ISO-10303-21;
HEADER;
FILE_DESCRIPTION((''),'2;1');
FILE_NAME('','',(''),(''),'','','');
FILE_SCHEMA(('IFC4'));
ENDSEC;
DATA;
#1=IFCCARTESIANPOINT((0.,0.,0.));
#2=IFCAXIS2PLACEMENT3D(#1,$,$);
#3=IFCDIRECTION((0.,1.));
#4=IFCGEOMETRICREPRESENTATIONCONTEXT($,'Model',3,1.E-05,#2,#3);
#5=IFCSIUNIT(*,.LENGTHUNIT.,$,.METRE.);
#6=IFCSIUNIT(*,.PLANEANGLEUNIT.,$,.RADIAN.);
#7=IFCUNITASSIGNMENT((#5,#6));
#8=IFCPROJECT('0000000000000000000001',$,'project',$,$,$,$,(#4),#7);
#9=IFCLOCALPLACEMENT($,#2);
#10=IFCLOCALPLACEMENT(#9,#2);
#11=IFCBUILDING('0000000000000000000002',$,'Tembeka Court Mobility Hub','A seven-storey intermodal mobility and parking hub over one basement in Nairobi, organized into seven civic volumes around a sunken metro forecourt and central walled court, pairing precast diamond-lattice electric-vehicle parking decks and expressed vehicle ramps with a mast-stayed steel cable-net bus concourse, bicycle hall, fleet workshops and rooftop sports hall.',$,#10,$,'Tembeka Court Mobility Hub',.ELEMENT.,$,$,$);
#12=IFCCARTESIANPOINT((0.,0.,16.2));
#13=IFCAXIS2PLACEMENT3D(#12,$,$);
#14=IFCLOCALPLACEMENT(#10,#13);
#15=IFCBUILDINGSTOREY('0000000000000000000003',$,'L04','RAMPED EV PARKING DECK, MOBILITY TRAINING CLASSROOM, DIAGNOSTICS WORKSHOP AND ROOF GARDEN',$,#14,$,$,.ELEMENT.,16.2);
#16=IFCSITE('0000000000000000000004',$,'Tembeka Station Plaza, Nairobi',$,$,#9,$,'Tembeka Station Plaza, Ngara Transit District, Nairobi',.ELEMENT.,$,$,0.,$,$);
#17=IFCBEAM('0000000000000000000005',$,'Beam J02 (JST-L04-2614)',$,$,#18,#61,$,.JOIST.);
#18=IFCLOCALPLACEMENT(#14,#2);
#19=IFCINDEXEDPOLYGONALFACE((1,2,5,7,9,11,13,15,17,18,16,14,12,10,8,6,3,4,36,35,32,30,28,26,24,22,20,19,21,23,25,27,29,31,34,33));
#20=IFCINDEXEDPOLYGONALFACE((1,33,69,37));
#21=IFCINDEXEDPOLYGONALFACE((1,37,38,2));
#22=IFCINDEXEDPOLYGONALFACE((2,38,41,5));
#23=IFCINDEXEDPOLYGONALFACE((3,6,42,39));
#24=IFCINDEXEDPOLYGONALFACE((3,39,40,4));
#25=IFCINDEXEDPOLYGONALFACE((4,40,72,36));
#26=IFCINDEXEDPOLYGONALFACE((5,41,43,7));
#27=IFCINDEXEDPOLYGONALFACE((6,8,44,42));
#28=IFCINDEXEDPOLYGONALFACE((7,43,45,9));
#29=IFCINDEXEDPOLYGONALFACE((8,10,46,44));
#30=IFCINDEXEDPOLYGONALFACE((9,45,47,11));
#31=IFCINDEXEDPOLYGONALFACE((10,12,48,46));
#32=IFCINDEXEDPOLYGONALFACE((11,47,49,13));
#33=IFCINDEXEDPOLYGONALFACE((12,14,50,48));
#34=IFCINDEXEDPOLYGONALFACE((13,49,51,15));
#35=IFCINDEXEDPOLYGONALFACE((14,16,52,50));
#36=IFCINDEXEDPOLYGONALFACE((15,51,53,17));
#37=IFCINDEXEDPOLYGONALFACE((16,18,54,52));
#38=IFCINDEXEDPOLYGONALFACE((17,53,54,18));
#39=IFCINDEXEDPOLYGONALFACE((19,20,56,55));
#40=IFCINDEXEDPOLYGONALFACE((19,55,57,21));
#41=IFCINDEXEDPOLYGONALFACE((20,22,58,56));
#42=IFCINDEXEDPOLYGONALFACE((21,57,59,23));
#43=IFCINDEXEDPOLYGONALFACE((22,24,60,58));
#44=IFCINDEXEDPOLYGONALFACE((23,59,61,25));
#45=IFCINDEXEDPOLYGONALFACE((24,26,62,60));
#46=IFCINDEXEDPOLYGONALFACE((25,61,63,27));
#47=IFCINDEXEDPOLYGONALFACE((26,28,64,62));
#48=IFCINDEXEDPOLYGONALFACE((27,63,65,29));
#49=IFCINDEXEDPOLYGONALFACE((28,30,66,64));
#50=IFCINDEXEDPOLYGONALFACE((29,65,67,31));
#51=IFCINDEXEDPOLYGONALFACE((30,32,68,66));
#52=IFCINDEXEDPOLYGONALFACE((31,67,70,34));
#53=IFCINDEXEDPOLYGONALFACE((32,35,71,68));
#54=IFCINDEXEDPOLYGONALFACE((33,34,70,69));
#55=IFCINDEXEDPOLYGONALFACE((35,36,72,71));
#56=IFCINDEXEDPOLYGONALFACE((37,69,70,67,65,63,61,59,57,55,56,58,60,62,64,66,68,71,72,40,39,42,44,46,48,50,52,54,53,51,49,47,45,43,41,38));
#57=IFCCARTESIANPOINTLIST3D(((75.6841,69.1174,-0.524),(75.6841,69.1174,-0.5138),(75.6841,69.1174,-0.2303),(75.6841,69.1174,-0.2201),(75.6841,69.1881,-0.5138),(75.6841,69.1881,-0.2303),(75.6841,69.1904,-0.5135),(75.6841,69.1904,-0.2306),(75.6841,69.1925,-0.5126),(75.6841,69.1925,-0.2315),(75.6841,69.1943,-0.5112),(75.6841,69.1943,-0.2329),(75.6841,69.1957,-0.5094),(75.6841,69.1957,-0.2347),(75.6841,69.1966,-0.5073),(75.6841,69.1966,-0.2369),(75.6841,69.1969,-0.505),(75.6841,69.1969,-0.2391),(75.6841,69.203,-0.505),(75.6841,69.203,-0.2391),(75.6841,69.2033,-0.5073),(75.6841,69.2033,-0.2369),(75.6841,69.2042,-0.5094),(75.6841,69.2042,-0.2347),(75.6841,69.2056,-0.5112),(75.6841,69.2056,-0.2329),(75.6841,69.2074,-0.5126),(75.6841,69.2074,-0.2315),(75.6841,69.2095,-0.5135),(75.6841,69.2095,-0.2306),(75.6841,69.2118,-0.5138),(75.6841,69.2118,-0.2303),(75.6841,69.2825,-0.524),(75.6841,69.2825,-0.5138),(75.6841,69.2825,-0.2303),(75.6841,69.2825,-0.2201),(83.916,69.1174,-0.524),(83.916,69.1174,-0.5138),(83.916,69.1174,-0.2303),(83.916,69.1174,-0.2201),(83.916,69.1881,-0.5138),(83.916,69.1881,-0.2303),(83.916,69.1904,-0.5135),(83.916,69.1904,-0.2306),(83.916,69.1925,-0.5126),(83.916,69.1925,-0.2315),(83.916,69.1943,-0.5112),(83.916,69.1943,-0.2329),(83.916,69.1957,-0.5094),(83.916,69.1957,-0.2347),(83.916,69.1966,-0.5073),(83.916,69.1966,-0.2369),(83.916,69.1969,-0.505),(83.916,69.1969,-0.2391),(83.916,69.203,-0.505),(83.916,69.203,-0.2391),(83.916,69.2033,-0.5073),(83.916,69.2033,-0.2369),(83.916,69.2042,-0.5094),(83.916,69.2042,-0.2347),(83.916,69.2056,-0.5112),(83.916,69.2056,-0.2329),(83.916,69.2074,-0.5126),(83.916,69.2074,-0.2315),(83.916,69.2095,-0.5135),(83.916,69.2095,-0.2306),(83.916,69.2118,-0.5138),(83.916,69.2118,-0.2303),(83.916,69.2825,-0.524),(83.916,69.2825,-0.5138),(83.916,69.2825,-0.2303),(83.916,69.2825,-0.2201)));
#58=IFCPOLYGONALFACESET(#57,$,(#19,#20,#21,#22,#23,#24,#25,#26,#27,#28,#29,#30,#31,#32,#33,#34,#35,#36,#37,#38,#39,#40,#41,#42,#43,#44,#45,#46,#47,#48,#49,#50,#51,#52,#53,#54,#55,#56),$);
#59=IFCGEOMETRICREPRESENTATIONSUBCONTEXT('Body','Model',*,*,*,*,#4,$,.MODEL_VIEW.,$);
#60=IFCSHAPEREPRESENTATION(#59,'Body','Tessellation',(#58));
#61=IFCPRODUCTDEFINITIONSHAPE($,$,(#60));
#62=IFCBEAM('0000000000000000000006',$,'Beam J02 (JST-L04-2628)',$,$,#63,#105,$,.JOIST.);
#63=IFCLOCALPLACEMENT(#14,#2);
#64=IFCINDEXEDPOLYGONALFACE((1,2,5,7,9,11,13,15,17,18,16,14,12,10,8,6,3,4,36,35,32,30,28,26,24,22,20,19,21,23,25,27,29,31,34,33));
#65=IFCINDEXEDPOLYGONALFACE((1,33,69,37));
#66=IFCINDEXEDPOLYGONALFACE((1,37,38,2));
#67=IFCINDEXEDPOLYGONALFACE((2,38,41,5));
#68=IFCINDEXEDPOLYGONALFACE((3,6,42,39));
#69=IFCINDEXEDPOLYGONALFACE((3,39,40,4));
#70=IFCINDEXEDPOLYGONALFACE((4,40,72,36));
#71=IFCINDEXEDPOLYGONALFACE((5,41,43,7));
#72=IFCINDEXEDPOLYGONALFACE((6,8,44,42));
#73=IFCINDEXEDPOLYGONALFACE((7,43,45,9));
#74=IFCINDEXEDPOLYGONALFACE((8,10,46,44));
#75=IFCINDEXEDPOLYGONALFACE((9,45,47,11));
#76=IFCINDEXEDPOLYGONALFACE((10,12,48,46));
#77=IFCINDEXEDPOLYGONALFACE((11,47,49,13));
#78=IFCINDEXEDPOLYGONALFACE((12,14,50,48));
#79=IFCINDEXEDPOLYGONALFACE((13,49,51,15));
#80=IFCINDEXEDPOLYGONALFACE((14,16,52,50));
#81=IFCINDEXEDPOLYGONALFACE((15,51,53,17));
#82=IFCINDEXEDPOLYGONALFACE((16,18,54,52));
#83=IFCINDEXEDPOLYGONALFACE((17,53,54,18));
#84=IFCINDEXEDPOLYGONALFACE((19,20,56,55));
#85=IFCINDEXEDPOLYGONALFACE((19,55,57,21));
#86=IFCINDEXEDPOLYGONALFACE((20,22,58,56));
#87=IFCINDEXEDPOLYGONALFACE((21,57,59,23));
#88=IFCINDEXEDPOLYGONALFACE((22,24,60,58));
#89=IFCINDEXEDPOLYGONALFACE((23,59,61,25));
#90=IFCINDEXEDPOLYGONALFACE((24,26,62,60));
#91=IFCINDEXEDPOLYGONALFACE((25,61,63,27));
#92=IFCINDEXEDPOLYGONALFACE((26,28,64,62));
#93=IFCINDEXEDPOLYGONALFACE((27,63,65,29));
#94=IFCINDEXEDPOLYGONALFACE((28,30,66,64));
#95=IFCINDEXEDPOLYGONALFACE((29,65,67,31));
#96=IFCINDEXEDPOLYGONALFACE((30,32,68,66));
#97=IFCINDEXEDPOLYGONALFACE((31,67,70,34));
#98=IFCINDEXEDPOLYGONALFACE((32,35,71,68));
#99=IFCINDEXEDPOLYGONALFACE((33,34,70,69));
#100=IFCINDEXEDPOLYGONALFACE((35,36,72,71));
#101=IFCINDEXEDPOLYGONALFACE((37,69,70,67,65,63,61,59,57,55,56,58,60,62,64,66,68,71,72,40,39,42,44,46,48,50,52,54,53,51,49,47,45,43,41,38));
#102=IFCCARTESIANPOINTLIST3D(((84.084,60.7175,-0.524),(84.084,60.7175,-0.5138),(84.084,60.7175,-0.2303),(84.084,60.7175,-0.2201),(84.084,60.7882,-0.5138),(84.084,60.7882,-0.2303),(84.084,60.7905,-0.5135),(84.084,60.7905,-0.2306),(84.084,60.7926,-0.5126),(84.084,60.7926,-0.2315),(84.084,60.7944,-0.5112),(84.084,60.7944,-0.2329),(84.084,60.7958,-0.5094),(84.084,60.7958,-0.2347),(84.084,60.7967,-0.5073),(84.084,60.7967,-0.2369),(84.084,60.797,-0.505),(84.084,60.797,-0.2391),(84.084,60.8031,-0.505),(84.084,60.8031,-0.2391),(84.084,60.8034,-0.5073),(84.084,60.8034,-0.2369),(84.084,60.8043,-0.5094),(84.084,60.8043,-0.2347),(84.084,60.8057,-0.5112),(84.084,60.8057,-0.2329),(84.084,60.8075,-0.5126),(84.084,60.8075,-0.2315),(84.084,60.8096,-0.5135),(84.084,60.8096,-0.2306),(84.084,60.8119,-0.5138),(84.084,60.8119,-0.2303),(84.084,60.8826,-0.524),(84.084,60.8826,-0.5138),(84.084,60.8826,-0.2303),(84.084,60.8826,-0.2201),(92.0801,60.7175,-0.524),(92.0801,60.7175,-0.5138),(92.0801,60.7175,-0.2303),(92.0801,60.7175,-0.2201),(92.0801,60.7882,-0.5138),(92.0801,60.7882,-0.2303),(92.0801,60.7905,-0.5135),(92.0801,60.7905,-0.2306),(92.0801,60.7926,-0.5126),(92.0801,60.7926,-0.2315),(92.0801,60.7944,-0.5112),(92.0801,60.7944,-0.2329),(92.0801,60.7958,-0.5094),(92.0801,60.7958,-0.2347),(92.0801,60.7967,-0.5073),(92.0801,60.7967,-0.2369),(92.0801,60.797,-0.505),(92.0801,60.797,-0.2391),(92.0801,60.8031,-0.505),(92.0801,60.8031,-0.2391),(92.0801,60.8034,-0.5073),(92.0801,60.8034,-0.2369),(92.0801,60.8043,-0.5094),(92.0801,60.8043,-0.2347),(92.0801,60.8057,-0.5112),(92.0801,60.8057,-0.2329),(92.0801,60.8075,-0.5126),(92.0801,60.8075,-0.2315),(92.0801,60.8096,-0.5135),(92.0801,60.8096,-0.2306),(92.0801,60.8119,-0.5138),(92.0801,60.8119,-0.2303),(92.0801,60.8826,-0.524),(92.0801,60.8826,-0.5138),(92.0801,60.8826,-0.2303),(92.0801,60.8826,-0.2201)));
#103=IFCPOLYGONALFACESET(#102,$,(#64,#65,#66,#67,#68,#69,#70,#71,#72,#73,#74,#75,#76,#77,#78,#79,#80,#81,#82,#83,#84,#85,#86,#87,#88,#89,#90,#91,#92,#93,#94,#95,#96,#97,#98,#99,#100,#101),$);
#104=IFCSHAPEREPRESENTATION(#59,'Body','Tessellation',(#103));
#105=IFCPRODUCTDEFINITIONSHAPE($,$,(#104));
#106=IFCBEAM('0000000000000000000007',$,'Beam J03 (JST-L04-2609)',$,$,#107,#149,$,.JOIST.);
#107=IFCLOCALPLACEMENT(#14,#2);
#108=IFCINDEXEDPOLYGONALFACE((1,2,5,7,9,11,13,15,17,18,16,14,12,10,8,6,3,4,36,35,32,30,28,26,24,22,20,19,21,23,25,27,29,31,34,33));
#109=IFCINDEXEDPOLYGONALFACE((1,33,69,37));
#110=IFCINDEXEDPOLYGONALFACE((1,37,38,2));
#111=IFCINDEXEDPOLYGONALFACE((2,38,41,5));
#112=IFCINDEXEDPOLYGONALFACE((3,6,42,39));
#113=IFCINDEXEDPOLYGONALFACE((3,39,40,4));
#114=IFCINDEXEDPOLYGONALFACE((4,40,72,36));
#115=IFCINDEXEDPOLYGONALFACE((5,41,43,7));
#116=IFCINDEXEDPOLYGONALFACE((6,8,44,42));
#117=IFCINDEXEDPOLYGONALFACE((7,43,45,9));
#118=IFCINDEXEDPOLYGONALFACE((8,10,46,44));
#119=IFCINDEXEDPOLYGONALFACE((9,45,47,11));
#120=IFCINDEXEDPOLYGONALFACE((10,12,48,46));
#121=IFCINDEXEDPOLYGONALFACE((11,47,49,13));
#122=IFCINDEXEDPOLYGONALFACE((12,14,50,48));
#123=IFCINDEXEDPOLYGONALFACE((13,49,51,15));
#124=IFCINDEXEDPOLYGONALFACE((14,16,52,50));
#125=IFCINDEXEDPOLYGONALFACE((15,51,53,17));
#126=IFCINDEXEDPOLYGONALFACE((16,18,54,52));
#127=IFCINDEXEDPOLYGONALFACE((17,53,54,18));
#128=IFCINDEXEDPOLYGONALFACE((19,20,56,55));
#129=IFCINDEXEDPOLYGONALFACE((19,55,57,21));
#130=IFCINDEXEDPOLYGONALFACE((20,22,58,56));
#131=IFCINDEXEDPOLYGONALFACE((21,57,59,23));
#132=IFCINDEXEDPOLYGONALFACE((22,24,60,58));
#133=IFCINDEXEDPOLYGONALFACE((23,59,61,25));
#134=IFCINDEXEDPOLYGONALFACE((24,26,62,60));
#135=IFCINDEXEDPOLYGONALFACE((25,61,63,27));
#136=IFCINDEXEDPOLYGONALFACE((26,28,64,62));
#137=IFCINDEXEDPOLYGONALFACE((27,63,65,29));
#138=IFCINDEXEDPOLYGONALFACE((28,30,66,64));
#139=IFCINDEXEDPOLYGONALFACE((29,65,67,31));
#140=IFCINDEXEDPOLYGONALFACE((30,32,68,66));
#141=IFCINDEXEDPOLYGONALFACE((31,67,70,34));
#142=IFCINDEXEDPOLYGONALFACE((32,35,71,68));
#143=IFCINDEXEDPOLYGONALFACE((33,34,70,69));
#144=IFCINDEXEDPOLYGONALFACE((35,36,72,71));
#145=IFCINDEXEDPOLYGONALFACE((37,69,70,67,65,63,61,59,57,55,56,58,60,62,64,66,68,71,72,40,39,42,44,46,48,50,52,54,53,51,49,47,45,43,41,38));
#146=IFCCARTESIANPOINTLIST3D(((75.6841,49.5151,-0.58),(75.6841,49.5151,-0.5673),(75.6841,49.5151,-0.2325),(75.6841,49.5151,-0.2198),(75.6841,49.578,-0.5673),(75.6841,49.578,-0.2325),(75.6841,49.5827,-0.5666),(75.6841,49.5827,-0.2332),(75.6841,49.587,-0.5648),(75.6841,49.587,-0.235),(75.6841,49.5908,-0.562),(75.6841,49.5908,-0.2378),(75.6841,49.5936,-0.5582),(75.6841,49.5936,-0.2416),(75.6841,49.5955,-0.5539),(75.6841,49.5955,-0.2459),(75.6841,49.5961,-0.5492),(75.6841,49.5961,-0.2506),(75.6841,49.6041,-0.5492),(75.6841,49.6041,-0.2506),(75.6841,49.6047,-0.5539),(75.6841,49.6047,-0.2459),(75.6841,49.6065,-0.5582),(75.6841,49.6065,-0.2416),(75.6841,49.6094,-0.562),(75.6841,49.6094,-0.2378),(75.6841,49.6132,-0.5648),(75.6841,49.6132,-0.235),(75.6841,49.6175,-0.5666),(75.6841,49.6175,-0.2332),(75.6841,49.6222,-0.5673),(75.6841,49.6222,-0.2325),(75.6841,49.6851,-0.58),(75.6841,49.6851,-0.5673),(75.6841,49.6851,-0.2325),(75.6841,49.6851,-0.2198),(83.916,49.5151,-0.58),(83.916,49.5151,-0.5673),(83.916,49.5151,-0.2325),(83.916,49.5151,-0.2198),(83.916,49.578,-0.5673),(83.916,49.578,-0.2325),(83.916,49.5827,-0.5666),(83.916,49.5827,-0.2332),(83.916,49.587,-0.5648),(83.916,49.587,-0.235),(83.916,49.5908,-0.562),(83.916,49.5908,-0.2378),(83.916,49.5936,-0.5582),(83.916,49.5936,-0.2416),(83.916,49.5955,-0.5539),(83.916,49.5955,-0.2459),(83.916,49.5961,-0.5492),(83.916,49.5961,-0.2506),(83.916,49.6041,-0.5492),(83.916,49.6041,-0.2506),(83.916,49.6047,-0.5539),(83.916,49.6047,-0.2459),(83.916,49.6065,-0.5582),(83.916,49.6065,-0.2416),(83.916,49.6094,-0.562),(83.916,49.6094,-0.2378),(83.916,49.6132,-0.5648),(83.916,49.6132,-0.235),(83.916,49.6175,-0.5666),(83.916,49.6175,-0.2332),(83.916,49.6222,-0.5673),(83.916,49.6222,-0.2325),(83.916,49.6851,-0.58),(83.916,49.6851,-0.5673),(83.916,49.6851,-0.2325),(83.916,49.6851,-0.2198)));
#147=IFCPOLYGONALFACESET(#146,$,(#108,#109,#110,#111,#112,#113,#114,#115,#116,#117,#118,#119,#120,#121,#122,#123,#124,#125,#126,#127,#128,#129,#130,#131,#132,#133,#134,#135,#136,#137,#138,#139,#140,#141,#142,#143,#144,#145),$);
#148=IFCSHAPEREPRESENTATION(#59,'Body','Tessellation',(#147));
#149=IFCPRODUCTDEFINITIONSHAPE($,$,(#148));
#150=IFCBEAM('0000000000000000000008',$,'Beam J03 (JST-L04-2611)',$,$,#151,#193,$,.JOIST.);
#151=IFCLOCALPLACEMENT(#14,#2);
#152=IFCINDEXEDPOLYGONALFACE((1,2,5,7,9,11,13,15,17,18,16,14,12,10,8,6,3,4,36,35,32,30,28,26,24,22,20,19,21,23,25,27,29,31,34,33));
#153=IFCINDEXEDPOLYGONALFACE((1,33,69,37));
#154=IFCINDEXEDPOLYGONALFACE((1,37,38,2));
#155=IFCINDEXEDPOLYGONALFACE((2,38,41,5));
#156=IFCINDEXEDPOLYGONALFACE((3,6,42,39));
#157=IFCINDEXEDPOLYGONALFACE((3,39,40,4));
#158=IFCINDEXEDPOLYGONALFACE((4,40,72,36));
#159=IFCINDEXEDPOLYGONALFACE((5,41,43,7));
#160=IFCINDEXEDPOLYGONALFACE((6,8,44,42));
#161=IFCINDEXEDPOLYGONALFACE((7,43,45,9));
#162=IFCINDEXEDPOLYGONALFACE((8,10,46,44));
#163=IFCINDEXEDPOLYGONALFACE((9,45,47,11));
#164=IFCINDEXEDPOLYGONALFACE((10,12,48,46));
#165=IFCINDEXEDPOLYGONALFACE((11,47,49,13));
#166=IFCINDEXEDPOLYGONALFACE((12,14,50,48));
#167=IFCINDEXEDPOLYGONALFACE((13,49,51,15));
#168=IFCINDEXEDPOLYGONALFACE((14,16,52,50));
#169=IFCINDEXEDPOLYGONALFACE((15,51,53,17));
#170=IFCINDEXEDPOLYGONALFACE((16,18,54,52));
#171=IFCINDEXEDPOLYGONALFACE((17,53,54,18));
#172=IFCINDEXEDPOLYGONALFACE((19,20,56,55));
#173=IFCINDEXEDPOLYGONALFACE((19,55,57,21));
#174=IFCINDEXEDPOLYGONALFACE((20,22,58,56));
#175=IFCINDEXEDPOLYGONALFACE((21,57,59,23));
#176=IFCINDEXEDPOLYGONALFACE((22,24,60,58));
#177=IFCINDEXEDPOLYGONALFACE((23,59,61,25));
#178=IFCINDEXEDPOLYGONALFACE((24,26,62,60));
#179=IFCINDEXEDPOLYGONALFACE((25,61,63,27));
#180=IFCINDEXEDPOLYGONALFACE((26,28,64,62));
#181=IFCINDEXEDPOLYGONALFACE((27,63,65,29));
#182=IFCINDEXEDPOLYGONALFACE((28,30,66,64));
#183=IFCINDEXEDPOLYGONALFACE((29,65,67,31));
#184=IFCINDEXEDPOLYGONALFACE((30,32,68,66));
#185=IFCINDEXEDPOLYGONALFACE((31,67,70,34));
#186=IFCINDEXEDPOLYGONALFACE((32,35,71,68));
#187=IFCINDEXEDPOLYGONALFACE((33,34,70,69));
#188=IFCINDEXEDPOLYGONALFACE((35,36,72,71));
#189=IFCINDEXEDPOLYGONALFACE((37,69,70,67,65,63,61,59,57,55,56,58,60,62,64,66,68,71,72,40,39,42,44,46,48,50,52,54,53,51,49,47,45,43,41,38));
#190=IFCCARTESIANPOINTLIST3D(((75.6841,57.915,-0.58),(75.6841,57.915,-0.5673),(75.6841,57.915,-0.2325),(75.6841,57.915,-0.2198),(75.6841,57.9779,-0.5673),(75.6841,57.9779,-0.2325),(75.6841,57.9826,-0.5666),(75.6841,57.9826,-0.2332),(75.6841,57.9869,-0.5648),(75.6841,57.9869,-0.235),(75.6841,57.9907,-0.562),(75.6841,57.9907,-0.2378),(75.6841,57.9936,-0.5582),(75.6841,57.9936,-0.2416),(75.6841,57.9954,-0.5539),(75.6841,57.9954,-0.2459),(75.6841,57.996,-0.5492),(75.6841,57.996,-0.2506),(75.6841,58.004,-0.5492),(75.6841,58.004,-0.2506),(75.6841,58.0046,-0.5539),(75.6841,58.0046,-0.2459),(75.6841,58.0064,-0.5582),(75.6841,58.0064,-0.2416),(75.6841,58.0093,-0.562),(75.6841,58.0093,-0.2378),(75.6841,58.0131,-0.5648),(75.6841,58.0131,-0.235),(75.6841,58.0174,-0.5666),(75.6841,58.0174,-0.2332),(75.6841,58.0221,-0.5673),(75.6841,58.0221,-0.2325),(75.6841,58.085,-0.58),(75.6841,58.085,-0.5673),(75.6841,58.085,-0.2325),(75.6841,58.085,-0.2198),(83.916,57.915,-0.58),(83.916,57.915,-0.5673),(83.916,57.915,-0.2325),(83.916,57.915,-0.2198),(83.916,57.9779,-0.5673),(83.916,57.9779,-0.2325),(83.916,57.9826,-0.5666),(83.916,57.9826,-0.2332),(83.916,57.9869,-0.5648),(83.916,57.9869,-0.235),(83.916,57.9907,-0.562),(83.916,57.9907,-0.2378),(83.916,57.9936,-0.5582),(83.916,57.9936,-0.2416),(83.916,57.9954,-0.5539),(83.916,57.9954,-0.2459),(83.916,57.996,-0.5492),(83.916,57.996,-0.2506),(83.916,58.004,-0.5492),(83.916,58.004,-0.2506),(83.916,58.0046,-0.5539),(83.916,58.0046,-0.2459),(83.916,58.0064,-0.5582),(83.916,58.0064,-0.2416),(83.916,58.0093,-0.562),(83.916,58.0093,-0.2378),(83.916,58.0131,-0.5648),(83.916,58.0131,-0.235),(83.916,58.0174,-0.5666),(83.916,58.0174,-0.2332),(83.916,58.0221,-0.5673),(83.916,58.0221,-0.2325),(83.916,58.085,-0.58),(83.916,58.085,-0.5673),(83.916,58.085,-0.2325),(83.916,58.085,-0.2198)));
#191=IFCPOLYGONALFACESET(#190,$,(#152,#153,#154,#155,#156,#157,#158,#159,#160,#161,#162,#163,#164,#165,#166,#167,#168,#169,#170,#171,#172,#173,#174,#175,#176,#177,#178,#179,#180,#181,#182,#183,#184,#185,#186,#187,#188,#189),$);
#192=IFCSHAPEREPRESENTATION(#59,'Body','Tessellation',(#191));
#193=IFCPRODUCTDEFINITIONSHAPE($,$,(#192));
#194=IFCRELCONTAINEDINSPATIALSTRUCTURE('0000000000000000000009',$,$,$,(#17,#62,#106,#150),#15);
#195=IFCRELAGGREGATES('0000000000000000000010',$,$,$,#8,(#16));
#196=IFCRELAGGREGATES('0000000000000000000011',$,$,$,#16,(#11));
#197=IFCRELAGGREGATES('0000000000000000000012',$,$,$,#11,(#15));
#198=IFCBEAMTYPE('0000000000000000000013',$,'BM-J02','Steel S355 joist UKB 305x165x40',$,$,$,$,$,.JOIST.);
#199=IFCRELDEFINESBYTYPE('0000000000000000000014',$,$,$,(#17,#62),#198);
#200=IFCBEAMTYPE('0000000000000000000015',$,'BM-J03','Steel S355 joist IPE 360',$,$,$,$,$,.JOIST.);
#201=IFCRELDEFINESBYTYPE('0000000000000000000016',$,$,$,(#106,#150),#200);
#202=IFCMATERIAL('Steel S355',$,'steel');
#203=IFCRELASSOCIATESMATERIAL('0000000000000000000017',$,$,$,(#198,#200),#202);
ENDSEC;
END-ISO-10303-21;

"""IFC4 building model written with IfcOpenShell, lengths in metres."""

from ifc_helpers import new_model, si_unit, direction, frame, origin, origin_2d, place, context, subcontext, project, spatial, i_section, extrude, material, material_profile, profile_set, type_object, element, save


model = new_model("IFC4")

# Units and contexts
model_context = context("Model", 3, precision=1e-05, world=origin(), true_north=direction((0.0, 1.0)))
body_context = subcontext(model_context, "Body", "Model", "MODEL_VIEW")
ifc_project = project(units=[si_unit("LENGTHUNIT", "METRE"), si_unit("PLANEANGLEUNIT", "RADIAN")], contexts=[model_context])

# Site, building, storey
site_placement = place(None, origin())
site = spatial("IfcSite", under=ifc_project, at=site_placement, Name="Tembeka Station Plaza, Nairobi", LongName="Tembeka Station Plaza, Ngara Transit District, Nairobi", CompositionType="ELEMENT", RefElevation=0.0)
building_placement = place(site_placement, origin())
building = spatial("IfcBuilding", under=site, at=building_placement, Name="Tembeka Court Mobility Hub", Description="A seven-storey intermodal mobility and parking hub over one basement in Nairobi, organized into seven civic volumes around a sunken metro forecourt and central walled court, pairing precast diamond-lattice electric-vehicle parking decks and expressed vehicle ramps with a mast-stayed steel cable-net bus concourse, bicycle hall, fleet workshops and rooftop sports hall.", LongName="Tembeka Court Mobility Hub", CompositionType="ELEMENT")
storey_placement = place(building_placement, frame((0.0, 0.0, 16.2)))
storey = spatial("IfcBuildingStorey", under=building, at=storey_placement, Name="L04", Description="RAMPED EV PARKING DECK, MOBILITY TRAINING CLASSROOM, DIAGNOSTICS WORKSHOP AND ROOF GARDEN", CompositionType="ELEMENT", Elevation=16.2)

# Shared definitions
ifc_material_1 = material(Name="Steel S355", Category="steel")

# Beams
ifc_material_profile_1 = material_profile(ifc_material_1, i_section(OverallWidth=0.165, OverallDepth=0.304, WebThickness=0.0061, FlangeThickness=0.0103, FilletRadius=0.0088, at=origin_2d()), Name="UKB 305x165x40")
ifc_profile_set_1 = profile_set([ifc_material_profile_1], Name="Steel S355")
beam_type_1 = type_object("IfcBeamType", Name="BM-J02", Description="Steel S355 joist UKB 305x165x40", PredefinedType="JOIST", material=ifc_profile_set_1)
for number, where, z_axis, x_axis, name in (
    (1, (75.6841, 69.2, -0.3721), (1.0, 0.0, 0.0), (0.0, 1.0, 0.0), "Beam J02 (JST-L04-2614)"),
):
    element("IfcBeam", number, at=place(storey_placement, frame(where, z_axis=z_axis, x_axis=x_axis)), inside=storey, type_object=beam_type_1, Name=name, PredefinedType="JOIST", context=body_context, shape_type="SweptSolid", body=[
        extrude(i_section(OverallWidth=0.165, OverallDepth=0.304, WebThickness=0.0061, FlangeThickness=0.0103, FilletRadius=0.0088, at=origin_2d()), origin(), (0.0, 0.0, 1.0), 8.2319),
    ])
beam_1_placement = place(storey_placement, frame((84.084, 60.8, -0.3721), z_axis=(1.0, 0.0, 0.0), x_axis=(0.0, 1.0, 0.0)))
element("IfcBeam", 2, at=beam_1_placement, inside=storey, type_object=beam_type_1, Name="Beam J02 (JST-L04-2628)", PredefinedType="JOIST", context=body_context, shape_type="SweptSolid", body=[
    extrude(i_section(OverallWidth=0.165, OverallDepth=0.304, WebThickness=0.0061, FlangeThickness=0.0103, FilletRadius=0.0088, at=origin_2d()), origin(), (0.0, 0.0, 1.0), 7.9961),
])
ifc_material_profile_2 = material_profile(ifc_material_1, i_section(OverallWidth=0.1699, OverallDepth=0.3601, WebThickness=0.0081, FlangeThickness=0.0127, FilletRadius=0.0181, at=origin_2d()), Name="IPE 360")
ifc_profile_set_2 = profile_set([ifc_material_profile_2], Name="Steel S355")
beam_type_2 = type_object("IfcBeamType", Name="BM-J03", Description="Steel S355 joist IPE 360", PredefinedType="JOIST", material=ifc_profile_set_2)
for number, where, z_axis, x_axis, name in (
    (3, (75.6841, 49.6001, -0.3999), (1.0, 0.0, 0.0), (0.0, 1.0, 0.0), "Beam J03 (JST-L04-2609)"),
    (4, (75.6841, 58.0, -0.3999), (1.0, 0.0, 0.0), (0.0, 1.0, 0.0), "Beam J03 (JST-L04-2611)"),
):
    element("IfcBeam", number, at=place(storey_placement, frame(where, z_axis=z_axis, x_axis=x_axis)), inside=storey, type_object=beam_type_2, Name=name, PredefinedType="JOIST", context=body_context, shape_type="SweptSolid", body=[
        extrude(i_section(OverallWidth=0.1699, OverallDepth=0.3601, WebThickness=0.0081, FlangeThickness=0.0127, FilletRadius=0.0181, at=origin_2d()), origin(), (0.0, 0.0, 1.0), 8.2319),
    ])

save(model, "model.ifc")
